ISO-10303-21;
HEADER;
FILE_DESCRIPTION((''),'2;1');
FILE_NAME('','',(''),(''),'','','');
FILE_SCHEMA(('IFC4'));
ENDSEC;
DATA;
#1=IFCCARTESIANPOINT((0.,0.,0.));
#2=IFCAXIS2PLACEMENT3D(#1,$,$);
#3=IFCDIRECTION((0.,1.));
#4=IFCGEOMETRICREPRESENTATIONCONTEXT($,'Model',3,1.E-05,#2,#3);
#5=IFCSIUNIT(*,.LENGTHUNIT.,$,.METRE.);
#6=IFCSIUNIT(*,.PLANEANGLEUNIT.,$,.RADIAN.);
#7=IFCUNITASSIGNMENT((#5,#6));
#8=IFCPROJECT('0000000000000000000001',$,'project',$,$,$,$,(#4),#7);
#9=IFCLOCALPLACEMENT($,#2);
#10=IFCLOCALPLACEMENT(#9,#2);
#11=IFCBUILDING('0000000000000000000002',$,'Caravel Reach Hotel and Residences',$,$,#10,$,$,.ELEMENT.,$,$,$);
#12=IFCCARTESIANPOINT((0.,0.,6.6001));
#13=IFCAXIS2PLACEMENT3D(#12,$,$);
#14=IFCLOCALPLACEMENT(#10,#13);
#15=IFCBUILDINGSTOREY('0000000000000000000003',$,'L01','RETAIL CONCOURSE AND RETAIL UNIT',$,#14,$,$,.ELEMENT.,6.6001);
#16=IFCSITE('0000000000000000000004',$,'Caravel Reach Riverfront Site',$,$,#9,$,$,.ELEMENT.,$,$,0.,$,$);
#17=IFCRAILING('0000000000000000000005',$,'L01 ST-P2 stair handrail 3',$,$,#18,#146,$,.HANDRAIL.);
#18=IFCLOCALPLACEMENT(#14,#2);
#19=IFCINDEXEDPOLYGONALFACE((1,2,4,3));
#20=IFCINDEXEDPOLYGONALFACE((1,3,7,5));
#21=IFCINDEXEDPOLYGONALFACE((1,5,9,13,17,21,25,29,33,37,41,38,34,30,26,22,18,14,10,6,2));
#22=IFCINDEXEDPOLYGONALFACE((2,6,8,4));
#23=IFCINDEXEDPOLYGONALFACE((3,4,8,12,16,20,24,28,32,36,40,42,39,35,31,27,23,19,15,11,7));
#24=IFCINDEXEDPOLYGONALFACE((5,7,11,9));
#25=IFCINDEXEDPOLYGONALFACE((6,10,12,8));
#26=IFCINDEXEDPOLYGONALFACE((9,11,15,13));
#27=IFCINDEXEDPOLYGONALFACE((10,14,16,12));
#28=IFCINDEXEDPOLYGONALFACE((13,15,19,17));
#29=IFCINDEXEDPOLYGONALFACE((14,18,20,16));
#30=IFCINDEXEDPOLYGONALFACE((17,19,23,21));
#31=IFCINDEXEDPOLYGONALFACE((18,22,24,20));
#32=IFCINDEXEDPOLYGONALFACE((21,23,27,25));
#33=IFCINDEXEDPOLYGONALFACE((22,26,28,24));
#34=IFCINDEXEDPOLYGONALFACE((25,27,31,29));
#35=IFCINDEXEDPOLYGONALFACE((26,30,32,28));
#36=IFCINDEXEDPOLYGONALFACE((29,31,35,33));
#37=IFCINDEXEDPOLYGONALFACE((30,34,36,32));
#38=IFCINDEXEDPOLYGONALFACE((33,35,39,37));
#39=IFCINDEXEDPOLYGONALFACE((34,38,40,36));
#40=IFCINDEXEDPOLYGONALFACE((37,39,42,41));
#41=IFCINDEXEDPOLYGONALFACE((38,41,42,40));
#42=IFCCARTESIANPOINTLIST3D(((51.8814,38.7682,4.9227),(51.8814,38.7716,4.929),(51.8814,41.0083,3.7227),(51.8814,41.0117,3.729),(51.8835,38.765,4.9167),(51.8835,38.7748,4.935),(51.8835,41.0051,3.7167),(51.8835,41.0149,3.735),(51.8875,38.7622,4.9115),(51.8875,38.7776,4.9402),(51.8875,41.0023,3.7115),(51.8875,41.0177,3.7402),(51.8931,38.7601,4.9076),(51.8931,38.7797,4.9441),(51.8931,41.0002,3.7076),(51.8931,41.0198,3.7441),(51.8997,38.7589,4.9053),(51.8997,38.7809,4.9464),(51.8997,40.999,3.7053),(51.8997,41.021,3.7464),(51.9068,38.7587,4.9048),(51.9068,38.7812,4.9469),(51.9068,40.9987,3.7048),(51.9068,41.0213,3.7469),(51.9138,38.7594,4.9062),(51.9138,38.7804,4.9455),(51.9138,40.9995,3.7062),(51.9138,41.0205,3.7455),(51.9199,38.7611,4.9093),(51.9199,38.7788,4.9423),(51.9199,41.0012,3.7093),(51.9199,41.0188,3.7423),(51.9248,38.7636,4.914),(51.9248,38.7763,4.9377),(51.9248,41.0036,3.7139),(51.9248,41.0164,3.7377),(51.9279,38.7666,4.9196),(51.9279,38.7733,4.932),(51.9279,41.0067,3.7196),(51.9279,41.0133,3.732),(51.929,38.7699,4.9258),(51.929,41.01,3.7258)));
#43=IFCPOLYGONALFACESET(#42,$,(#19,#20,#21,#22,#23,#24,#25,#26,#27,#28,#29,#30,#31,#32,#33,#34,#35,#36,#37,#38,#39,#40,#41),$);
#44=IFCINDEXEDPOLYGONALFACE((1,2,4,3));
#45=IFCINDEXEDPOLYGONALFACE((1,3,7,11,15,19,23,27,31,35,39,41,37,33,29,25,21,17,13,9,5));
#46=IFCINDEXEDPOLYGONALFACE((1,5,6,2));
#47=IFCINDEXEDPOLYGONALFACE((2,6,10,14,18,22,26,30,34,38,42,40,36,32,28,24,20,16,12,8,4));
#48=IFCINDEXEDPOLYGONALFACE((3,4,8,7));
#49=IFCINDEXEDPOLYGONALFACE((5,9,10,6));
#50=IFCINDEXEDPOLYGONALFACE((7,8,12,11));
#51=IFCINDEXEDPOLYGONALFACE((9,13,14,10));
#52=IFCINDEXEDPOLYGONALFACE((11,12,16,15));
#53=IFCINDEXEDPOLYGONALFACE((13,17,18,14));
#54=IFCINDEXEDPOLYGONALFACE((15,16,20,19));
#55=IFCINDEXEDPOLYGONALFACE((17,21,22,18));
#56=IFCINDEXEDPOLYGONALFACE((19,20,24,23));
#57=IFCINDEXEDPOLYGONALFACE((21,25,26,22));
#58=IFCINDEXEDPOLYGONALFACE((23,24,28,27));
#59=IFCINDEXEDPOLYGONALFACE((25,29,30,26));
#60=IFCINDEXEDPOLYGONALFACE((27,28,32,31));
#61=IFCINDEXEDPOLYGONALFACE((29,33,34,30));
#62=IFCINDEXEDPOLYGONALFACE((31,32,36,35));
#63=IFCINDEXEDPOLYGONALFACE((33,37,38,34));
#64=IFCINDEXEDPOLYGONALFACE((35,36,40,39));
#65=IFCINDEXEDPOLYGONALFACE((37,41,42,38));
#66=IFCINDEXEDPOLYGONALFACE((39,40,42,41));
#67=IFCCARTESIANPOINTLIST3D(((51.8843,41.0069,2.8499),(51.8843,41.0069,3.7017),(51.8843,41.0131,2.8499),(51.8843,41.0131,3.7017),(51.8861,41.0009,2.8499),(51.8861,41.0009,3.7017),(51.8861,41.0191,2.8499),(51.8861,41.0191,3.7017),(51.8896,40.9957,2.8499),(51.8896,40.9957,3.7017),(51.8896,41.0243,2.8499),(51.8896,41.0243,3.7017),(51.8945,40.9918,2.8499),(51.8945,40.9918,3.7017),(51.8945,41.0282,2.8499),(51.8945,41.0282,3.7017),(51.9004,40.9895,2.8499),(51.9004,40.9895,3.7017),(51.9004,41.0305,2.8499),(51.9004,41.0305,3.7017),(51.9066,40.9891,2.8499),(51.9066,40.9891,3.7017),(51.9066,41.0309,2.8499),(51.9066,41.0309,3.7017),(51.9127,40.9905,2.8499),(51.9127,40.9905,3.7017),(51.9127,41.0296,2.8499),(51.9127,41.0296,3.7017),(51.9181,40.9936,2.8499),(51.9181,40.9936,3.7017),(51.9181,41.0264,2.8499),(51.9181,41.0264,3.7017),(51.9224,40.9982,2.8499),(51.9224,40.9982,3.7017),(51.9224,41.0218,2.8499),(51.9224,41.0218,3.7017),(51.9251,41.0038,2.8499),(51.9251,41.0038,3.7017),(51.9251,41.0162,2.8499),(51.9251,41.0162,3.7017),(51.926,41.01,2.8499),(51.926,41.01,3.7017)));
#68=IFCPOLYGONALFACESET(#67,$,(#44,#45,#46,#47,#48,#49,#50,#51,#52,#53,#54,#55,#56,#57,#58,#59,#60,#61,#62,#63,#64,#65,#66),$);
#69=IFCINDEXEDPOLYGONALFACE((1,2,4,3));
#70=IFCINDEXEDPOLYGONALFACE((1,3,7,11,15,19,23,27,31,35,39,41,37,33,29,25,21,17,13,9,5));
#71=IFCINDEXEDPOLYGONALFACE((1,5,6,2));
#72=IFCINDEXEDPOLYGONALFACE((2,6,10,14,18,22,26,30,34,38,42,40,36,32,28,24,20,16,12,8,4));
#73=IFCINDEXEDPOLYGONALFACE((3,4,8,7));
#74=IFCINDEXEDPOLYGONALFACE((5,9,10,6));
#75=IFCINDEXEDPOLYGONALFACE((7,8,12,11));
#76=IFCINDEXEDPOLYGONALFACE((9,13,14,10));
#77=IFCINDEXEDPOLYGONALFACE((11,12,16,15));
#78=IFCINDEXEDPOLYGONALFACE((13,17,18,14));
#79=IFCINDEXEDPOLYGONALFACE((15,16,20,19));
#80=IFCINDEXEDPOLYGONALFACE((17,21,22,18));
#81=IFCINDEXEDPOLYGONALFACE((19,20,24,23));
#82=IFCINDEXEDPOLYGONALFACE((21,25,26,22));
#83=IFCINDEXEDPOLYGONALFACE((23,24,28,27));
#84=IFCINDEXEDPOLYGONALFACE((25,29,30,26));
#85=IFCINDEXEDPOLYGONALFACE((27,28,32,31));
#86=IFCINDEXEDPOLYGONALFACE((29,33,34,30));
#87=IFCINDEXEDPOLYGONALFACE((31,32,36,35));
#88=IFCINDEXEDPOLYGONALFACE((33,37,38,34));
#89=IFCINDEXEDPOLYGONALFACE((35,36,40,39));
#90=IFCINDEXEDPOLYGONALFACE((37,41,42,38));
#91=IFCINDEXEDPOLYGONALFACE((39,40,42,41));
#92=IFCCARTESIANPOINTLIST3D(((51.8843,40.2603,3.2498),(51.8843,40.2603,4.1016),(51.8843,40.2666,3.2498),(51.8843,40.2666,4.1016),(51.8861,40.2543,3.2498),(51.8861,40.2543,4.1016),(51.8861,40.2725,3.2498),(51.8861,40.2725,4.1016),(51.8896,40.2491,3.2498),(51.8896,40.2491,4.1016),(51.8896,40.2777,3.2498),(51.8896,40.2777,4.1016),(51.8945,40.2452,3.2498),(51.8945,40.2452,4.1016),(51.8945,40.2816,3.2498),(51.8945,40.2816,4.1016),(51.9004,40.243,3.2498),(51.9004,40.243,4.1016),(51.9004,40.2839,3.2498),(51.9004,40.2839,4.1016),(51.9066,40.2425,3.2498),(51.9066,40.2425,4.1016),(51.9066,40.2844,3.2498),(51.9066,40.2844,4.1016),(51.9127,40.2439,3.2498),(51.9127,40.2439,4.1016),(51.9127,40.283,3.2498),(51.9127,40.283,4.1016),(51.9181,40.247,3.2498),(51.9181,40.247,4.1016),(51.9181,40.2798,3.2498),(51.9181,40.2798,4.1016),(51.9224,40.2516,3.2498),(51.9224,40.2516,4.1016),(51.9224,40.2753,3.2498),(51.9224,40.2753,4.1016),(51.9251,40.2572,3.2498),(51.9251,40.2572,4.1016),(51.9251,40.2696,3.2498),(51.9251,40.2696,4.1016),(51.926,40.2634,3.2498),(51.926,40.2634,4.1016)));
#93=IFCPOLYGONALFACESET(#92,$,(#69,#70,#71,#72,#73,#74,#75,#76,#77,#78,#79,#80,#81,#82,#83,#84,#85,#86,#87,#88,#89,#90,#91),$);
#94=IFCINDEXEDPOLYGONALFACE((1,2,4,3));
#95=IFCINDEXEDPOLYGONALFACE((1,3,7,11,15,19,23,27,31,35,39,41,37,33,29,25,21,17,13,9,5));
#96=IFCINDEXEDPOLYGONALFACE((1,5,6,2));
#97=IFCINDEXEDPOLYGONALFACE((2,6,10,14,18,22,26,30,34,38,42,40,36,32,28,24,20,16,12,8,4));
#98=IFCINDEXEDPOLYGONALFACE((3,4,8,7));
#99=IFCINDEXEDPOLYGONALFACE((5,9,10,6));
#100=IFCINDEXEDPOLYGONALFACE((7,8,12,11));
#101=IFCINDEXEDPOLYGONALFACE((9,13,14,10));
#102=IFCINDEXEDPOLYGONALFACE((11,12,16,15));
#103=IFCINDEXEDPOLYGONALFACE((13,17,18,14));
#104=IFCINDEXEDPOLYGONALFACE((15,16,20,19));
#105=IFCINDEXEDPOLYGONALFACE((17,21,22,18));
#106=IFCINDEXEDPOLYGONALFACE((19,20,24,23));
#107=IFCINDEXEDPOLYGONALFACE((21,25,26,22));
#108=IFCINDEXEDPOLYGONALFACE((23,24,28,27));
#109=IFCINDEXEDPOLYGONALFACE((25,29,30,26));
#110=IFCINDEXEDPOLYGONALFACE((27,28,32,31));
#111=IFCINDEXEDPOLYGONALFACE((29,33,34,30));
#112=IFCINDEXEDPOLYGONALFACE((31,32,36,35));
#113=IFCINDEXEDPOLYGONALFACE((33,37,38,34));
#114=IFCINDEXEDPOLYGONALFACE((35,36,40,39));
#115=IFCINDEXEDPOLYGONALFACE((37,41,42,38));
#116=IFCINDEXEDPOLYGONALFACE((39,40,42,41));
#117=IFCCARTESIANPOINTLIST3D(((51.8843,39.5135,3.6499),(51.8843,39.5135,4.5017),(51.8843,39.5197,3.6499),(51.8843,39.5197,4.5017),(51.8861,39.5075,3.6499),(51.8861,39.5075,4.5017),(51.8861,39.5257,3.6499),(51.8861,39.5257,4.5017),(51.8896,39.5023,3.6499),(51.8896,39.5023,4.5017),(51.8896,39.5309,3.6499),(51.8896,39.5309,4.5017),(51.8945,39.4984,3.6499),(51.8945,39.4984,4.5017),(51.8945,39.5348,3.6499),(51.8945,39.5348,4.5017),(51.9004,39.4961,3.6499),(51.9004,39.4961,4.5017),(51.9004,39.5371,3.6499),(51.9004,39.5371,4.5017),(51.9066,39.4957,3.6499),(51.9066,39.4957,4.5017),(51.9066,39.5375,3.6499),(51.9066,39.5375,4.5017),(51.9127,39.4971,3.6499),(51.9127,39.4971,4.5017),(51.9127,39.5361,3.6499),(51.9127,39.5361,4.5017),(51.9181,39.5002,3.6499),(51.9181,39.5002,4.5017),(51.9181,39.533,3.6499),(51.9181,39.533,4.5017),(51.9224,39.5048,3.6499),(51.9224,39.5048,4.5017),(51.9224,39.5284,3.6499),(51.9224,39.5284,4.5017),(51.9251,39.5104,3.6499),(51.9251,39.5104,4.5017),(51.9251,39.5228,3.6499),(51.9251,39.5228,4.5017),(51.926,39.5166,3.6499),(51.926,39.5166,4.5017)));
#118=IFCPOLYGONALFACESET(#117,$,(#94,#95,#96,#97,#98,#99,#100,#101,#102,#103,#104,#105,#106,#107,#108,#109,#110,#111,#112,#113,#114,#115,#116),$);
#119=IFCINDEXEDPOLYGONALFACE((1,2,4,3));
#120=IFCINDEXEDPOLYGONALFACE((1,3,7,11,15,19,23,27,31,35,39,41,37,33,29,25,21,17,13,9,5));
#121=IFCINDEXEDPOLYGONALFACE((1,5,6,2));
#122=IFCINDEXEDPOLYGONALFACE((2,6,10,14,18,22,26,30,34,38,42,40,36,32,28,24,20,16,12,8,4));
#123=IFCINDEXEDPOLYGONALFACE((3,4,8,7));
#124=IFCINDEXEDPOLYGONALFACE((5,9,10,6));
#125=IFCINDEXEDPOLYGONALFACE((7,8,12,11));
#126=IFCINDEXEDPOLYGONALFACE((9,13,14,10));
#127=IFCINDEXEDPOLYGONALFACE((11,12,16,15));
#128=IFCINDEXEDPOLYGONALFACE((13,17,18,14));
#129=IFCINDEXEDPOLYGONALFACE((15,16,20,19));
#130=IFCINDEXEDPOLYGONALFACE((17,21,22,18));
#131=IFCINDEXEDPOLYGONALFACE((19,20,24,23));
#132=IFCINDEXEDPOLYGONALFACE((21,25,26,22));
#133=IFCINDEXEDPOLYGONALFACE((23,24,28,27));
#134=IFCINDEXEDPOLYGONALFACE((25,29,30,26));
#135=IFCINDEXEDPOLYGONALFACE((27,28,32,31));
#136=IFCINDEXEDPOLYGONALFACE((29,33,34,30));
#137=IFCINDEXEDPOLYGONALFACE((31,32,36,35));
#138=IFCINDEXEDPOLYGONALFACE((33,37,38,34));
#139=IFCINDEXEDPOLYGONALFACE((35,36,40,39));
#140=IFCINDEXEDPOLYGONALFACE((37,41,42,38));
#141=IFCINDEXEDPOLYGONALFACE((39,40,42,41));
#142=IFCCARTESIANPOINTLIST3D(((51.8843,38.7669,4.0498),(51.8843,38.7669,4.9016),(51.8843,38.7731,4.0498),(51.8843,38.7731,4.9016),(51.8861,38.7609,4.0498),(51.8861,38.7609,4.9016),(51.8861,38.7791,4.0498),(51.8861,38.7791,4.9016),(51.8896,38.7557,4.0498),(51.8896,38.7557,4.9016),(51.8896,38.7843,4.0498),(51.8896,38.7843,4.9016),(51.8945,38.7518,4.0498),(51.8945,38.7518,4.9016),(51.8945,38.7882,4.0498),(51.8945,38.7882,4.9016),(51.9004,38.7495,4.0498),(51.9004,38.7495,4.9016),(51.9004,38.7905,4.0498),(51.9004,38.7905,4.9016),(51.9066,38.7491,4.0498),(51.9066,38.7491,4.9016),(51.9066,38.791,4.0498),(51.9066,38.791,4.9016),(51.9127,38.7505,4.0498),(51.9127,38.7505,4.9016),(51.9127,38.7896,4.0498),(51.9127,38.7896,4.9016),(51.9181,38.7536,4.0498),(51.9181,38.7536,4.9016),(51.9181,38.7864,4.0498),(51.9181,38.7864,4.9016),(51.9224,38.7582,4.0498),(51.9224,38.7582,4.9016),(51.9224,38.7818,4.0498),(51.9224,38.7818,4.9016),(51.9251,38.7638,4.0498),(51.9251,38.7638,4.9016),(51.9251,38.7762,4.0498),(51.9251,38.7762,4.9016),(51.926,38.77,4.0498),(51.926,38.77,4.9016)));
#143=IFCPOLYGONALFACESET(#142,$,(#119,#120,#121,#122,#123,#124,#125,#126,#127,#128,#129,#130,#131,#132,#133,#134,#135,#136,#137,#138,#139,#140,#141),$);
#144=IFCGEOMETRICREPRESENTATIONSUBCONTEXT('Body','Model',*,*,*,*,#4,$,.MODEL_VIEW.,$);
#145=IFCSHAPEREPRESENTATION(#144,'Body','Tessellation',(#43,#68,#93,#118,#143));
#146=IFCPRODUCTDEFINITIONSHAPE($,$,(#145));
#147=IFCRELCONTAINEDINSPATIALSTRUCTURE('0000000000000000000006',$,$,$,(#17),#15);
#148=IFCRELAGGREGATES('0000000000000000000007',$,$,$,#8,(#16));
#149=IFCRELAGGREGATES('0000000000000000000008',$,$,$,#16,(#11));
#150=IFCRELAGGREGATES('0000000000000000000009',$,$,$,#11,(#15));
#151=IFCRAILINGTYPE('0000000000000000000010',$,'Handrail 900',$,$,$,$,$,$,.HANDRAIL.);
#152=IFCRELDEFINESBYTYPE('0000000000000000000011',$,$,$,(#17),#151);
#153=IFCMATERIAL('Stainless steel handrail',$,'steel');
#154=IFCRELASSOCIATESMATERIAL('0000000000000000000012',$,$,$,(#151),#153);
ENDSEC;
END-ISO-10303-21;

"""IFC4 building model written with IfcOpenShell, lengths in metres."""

from ifc_helpers import new_model, si_unit, direction, frame, origin, origin_2d, place, context, subcontext, project, spatial, circle, extrude, material, type_object, element, save


model = new_model("IFC4")

# Units and contexts
model_context = context("Model", 3, precision=1e-05, world=origin(), true_north=direction((0.0, 1.0)))
body_context = subcontext(model_context, "Body", "Model", "MODEL_VIEW")
ifc_project = project(units=[si_unit("LENGTHUNIT", "METRE"), si_unit("PLANEANGLEUNIT", "RADIAN")], contexts=[model_context])

# Site, building, storey
site_placement = place(None, origin())
site = spatial("IfcSite", under=ifc_project, at=site_placement, Name="Caravel Reach Riverfront Site", CompositionType="ELEMENT", RefElevation=0.0)
building_placement = place(site_placement, origin())
building = spatial("IfcBuilding", under=site, at=building_placement, Name="Caravel Reach Hotel and Residences", CompositionType="ELEMENT")
storey_placement = place(building_placement, frame((0.0, 0.0, 6.6001)))
storey = spatial("IfcBuildingStorey", under=building, at=storey_placement, Name="L01", Description="RETAIL CONCOURSE AND RETAIL UNIT", CompositionType="ELEMENT", Elevation=6.6001)

# Railing
ifc_material_1 = material(Name="Stainless steel handrail", Category="steel")
railing_type_1 = type_object("IfcRailingType", Name="Handrail 900", PredefinedType="HANDRAIL", material=ifc_material_1)
for number, where, name in (
    (1, (51.905, 41.01, 2.8499), "L01 ST-P2 stair handrail 3"),
):
    element("IfcRailing", number, at=place(storey_placement, frame(where)), inside=storey, type_object=railing_type_1, Name=name, PredefinedType="HANDRAIL", context=body_context, shape_type="SweptSolid", body=[
        extrude(circle(Radius=0.0239, at=origin_2d()), frame((0.0, 0.0, 0.876), z_axis=(0.0, -0.881487, 0.472208), x_axis=(1.0, 0.0, 0.0)), (0.0, 0.0, 1.0), 2.5413),
        extrude(circle(Radius=0.021, at=origin_2d()), origin(), (0.0, 0.0, 1.0), 0.8518),
        extrude(circle(Radius=0.021, at=origin_2d()), frame((0.0, -0.7466, 0.3999)), (0.0, 0.0, 1.0), 0.8518),
        extrude(circle(Radius=0.021, at=origin_2d()), frame((0.0, -1.4934, 0.8)), (0.0, 0.0, 1.0), 0.8518),
        extrude(circle(Radius=0.021, at=origin_2d()), frame((0.0, -2.24, 1.2)), (0.0, 0.0, 1.0), 0.8518),
    ])

save(model, "model.ifc")
